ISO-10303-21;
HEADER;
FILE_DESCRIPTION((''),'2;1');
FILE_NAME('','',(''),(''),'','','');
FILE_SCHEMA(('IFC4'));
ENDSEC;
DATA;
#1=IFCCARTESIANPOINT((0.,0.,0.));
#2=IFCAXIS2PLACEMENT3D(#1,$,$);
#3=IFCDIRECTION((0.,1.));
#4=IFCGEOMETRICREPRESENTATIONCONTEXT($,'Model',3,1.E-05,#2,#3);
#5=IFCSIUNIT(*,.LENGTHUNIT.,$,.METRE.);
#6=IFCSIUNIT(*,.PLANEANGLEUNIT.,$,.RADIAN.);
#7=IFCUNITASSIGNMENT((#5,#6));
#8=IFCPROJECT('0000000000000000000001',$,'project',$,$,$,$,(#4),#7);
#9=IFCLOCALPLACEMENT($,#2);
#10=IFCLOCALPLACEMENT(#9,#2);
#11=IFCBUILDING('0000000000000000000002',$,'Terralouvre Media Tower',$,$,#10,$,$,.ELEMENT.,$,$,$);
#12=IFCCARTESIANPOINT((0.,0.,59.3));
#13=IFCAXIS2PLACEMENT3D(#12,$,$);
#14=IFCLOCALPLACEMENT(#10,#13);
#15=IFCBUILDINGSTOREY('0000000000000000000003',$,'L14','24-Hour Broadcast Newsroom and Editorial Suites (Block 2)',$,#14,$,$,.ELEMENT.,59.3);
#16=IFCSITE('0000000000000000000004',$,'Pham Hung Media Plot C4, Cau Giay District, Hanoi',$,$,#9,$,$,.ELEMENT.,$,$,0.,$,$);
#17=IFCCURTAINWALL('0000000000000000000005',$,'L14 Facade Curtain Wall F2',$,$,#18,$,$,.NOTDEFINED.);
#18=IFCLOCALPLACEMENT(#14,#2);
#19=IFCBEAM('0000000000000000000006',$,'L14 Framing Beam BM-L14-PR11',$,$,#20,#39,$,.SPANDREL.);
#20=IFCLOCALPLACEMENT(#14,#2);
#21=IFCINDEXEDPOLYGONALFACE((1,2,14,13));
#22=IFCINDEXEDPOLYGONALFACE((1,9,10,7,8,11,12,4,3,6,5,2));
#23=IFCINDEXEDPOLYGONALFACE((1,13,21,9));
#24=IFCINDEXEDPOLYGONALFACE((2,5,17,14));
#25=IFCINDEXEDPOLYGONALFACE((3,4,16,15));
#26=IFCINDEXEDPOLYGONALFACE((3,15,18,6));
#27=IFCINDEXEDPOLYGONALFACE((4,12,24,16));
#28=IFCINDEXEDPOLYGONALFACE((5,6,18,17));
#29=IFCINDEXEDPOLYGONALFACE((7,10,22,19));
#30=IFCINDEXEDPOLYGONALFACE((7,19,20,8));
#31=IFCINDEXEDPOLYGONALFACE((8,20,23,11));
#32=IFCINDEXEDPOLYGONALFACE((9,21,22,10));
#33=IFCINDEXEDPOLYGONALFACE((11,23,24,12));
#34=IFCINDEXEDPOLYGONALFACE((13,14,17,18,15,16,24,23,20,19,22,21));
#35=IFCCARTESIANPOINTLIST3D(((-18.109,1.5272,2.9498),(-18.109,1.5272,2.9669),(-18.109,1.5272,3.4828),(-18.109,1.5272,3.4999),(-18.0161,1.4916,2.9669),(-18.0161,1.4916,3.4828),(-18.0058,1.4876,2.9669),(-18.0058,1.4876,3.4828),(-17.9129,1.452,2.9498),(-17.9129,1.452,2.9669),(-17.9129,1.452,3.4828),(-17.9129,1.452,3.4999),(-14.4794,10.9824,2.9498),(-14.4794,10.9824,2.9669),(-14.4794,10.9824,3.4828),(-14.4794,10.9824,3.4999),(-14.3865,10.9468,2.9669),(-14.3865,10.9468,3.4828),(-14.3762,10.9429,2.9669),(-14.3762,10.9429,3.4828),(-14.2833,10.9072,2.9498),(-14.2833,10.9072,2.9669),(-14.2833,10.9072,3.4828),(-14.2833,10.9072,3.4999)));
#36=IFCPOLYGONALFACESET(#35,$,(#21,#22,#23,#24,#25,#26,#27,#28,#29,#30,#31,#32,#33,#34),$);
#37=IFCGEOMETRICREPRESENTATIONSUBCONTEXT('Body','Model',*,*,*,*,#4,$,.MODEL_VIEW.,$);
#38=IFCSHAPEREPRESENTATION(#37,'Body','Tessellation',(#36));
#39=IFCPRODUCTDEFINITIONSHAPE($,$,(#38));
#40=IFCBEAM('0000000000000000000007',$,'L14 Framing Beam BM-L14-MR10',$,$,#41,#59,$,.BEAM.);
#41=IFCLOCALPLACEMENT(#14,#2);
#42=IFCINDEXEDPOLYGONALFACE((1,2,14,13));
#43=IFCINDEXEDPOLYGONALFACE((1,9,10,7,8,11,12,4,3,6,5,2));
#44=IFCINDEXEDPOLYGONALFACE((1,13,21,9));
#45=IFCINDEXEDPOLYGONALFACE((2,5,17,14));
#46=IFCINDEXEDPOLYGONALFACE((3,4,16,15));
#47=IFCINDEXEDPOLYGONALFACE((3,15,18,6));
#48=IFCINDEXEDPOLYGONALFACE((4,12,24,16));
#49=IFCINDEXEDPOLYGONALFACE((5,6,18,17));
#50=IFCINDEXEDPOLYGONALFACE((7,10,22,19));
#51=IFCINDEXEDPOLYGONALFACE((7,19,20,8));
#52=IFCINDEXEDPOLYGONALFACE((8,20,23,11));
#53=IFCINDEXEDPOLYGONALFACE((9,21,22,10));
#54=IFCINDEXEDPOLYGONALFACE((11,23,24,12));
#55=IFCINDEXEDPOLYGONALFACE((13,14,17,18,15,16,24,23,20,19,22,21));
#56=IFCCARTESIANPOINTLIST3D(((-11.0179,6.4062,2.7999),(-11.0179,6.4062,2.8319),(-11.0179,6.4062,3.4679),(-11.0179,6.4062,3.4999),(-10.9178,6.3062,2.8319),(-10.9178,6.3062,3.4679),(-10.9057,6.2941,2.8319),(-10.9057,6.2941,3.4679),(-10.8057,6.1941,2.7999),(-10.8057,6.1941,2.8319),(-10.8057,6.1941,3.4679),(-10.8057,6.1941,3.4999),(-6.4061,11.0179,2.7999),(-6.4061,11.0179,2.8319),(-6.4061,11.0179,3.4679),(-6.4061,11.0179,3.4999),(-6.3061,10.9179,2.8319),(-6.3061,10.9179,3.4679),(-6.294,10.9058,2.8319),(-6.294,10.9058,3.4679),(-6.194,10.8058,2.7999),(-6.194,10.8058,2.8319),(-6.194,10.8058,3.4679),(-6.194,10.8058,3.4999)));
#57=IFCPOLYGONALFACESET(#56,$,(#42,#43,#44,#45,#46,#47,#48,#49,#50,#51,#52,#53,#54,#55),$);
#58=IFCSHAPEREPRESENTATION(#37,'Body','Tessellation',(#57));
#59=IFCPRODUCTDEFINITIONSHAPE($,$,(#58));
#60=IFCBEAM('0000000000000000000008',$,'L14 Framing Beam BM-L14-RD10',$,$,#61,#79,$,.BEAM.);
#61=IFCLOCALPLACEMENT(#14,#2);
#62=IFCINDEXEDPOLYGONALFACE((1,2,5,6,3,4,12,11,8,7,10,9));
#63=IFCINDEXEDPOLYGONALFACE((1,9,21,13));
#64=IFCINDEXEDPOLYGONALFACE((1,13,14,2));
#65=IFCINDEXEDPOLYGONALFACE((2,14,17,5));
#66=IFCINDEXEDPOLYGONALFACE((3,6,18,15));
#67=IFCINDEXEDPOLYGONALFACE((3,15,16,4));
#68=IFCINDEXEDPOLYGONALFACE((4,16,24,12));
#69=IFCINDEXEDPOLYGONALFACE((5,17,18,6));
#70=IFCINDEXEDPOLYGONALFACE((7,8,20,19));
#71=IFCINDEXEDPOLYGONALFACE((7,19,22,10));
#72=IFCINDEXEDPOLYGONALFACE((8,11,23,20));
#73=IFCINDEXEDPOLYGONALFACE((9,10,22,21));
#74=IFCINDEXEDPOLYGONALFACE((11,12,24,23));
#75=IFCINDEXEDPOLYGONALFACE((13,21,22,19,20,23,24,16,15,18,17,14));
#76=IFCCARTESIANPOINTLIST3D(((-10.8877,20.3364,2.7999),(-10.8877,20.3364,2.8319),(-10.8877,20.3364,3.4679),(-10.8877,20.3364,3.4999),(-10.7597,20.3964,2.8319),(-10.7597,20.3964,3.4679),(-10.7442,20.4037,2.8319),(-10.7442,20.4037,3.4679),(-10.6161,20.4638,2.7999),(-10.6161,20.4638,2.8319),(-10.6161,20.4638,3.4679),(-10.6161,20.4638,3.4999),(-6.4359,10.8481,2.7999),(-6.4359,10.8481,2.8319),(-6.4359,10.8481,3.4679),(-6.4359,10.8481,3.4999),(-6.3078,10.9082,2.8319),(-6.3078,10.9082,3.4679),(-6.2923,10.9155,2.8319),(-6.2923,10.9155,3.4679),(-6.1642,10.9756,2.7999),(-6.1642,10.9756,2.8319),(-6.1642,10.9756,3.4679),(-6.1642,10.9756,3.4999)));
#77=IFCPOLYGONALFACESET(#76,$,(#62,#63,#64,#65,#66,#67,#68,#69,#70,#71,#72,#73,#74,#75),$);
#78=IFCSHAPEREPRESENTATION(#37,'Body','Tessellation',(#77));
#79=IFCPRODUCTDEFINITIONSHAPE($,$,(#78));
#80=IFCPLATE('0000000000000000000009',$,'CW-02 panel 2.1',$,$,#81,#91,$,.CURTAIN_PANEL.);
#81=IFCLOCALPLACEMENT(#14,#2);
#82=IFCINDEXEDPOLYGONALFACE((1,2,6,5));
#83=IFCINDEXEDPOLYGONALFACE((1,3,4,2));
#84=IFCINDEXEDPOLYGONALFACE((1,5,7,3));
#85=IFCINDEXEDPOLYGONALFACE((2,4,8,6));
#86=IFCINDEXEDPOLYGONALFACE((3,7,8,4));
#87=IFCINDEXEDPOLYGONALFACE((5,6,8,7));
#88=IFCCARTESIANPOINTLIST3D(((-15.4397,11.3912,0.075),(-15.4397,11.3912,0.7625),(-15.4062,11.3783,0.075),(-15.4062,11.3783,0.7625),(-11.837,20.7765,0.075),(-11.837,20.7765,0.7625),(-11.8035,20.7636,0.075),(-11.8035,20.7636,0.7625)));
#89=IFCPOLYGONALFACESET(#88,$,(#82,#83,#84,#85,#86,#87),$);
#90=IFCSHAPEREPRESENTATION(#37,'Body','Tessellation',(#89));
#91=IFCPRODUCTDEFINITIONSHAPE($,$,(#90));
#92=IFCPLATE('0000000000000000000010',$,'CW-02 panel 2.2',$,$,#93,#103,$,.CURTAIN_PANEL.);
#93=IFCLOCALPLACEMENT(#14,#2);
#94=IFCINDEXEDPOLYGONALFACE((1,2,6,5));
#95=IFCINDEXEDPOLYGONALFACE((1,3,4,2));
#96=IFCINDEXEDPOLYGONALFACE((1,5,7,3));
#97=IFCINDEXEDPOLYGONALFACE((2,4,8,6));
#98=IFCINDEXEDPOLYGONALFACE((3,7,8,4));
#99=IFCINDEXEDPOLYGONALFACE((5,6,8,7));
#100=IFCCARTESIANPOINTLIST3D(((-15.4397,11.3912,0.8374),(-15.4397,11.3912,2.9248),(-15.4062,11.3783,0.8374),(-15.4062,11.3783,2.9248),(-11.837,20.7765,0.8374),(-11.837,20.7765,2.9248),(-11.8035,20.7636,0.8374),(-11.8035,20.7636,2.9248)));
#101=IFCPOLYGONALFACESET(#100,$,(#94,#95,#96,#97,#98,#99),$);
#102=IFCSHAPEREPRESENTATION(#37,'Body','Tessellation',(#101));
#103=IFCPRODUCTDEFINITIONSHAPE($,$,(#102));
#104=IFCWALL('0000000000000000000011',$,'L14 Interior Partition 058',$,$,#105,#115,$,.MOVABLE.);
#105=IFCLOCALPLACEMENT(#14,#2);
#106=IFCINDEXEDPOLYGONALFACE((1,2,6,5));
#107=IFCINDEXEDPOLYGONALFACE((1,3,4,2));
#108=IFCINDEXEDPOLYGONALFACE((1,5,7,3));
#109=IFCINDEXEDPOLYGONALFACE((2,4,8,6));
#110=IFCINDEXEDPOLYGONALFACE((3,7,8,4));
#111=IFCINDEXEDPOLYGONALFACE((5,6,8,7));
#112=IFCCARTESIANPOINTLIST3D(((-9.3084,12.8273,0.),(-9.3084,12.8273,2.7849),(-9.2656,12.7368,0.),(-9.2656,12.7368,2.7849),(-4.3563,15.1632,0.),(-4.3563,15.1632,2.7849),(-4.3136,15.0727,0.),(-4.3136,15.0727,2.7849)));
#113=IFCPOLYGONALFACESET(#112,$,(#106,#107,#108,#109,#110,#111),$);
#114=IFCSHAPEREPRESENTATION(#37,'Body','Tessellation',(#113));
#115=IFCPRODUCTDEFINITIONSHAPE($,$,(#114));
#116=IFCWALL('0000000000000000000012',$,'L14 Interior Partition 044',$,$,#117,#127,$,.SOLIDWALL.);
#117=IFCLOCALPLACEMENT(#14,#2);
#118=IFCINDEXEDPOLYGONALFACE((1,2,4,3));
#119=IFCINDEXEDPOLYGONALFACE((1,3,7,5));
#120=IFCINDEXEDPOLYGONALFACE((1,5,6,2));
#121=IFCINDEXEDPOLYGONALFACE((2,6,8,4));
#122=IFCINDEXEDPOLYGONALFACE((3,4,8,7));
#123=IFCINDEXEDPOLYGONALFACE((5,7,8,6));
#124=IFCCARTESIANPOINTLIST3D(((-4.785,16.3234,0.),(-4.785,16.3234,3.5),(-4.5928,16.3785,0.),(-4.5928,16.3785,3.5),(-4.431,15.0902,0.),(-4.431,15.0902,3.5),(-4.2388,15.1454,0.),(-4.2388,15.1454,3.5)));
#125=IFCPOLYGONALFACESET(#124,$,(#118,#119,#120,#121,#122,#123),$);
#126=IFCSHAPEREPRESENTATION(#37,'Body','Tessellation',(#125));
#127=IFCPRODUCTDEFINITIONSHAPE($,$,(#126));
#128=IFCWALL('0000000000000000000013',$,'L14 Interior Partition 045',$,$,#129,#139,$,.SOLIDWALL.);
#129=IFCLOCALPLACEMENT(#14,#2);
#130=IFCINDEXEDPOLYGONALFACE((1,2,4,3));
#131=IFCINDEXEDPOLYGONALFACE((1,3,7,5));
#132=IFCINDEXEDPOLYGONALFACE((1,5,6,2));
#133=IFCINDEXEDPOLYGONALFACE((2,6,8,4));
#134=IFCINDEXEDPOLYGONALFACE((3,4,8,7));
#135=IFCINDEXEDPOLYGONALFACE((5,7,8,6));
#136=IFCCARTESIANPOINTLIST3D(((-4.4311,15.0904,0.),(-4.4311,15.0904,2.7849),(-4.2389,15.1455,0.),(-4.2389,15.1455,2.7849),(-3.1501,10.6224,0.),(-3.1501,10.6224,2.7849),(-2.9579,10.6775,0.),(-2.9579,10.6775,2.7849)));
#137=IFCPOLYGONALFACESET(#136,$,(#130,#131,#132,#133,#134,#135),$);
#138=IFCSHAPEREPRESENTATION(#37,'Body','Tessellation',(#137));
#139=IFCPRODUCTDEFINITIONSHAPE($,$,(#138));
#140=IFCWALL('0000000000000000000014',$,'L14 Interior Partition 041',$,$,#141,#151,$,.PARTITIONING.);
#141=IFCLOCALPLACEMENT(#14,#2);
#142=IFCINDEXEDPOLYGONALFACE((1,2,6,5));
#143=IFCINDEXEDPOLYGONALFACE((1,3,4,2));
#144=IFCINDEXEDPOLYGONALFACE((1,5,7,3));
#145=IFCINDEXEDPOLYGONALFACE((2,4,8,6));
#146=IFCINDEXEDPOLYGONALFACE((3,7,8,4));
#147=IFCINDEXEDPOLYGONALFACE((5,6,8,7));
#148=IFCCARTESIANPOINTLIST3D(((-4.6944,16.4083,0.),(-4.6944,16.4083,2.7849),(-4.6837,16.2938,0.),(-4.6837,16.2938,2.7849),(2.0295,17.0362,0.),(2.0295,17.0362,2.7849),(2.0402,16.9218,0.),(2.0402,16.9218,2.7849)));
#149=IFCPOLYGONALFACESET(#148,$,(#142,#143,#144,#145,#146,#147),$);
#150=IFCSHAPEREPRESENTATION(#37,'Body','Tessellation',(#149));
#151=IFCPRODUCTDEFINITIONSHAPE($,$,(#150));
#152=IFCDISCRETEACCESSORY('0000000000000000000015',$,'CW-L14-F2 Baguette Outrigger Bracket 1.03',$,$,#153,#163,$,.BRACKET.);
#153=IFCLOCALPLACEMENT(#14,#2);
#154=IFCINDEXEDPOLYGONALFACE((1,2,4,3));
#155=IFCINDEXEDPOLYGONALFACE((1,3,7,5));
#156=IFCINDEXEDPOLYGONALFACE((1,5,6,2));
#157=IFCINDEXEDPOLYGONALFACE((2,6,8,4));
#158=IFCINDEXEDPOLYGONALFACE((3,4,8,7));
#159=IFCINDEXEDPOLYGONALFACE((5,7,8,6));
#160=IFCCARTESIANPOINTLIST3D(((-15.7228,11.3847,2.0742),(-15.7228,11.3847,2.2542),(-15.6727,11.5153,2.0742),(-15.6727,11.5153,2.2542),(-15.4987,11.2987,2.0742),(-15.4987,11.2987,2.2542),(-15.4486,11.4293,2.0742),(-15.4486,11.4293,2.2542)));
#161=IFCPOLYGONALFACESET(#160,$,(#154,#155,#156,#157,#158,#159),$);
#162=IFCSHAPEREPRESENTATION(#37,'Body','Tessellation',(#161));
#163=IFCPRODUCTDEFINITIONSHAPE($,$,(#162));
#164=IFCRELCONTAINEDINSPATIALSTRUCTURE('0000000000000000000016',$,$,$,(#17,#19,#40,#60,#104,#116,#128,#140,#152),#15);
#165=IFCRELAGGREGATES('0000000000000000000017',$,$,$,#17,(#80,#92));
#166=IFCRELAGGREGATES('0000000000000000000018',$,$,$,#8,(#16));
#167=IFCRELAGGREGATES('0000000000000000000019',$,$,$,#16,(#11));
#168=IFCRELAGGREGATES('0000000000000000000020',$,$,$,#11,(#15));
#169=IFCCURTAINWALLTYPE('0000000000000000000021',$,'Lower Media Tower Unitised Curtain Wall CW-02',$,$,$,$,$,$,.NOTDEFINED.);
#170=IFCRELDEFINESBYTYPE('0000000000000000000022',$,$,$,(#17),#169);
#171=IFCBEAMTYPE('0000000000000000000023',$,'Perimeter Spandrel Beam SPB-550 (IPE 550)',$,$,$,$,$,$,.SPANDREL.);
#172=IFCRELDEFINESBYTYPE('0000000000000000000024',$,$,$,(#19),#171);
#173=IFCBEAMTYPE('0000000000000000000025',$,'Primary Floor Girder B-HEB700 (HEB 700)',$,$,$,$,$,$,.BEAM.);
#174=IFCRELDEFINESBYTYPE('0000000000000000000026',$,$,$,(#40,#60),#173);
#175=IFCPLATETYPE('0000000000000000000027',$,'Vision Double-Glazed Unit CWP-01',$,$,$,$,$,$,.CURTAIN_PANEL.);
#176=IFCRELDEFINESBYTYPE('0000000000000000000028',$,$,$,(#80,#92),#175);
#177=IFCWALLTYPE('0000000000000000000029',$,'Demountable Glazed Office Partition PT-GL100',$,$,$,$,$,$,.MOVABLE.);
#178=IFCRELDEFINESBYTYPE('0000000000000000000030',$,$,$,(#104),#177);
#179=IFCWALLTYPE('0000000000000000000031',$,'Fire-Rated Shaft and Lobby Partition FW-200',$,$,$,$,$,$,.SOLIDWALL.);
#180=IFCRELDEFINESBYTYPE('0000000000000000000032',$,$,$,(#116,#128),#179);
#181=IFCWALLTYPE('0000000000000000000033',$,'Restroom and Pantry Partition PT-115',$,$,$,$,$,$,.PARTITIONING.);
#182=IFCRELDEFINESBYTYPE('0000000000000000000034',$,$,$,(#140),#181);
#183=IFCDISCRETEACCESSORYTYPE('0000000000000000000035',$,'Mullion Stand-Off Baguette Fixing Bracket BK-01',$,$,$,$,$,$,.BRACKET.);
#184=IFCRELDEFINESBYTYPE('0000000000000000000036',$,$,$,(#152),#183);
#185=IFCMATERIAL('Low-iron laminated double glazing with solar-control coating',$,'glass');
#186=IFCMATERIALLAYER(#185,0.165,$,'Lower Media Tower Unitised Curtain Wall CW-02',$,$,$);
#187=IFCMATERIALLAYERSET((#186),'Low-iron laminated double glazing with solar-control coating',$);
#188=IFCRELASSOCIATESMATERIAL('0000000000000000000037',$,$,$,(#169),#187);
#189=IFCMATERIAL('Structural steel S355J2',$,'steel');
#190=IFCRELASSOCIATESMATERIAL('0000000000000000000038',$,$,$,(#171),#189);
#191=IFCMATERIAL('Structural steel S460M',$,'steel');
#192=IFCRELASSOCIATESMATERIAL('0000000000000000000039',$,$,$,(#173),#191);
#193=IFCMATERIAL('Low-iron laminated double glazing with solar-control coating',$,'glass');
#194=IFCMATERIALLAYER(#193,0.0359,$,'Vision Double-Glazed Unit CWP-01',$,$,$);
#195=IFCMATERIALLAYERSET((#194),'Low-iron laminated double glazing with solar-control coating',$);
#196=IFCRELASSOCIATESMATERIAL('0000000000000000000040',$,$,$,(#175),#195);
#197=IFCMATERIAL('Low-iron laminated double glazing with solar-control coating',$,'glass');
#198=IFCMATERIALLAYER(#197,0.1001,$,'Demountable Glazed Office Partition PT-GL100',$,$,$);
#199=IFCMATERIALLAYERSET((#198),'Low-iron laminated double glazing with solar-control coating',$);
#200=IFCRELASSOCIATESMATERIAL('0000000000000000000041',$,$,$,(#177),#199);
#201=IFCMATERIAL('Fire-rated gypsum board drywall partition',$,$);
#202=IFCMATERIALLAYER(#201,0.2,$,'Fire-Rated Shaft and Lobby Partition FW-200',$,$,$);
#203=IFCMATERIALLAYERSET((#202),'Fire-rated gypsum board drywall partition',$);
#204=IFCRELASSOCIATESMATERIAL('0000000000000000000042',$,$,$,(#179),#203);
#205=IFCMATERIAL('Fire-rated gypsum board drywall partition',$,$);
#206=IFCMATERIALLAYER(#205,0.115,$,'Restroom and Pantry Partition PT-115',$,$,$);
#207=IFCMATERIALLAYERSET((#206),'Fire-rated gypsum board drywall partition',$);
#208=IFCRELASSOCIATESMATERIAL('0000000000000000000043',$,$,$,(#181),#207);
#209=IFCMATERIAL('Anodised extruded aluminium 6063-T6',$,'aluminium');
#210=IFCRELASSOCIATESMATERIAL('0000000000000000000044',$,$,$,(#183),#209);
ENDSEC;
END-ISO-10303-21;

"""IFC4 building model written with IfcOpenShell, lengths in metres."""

from ifc_helpers import new_model, si_unit, direction, frame, frame_2d, origin, origin_2d, place, context, subcontext, project, spatial, rectangle, i_section, extrude, material, layer, layer_set, material_profile, profile_set, type_object, element, aggregate, save


model = new_model("IFC4")

# Units and contexts
model_context = context("Model", 3, precision=1e-05, world=origin(), true_north=direction((0.0, 1.0)))
body_context = subcontext(model_context, "Body", "Model", "MODEL_VIEW")
ifc_project = project(units=[si_unit("LENGTHUNIT", "METRE"), si_unit("PLANEANGLEUNIT", "RADIAN")], contexts=[model_context])

# Site, building, storey
site_placement = place(None, origin())
site = spatial("IfcSite", under=ifc_project, at=site_placement, Name="Pham Hung Media Plot C4, Cau Giay District, Hanoi", CompositionType="ELEMENT", RefElevation=0.0)
building_placement = place(site_placement, origin())
building = spatial("IfcBuilding", under=site, at=building_placement, Name="Terralouvre Media Tower", CompositionType="ELEMENT")
storey_placement = place(building_placement, frame((0.0, 0.0, 59.3)))
storey = spatial("IfcBuildingStorey", under=building, at=storey_placement, Name="L14", Description="24-Hour Broadcast Newsroom and Editorial Suites (Block 2)", CompositionType="ELEMENT", Elevation=59.3)

# Curtain wall
ifc_material_1 = material(Name="Low-iron laminated double glazing with solar-control coating", Category="glass")
ifc_layer_1 = layer(ifc_material_1, 0.165, Name="Lower Media Tower Unitised Curtain Wall CW-02")
ifc_layer_set_1 = layer_set([ifc_layer_1], Name="Low-iron laminated double glazing with solar-control coating")
curtain_wall_type = type_object("IfcCurtainWallType", Name="Lower Media Tower Unitised Curtain Wall CW-02", PredefinedType="NOTDEFINED", material=ifc_layer_set_1)
curtain_wall_placement = place(storey_placement, origin())
curtain_wall = element("IfcCurtainWall", 1, at=curtain_wall_placement, inside=storey, type_object=curtain_wall_type, Name="L14 Facade Curtain Wall F2", PredefinedType="NOTDEFINED")

# Beams
ifc_material_2 = material(Name="Structural steel S355J2", Category="steel")
ifc_material_profile_1 = material_profile(ifc_material_2, i_section(OverallWidth=0.21, OverallDepth=0.55, WebThickness=0.011, FlangeThickness=0.0171, at=origin_2d()), Name="IPE 550")
ifc_profile_set_1 = profile_set([ifc_material_profile_1], Name="Structural steel S355J2")
beam_type_1 = type_object("IfcBeamType", Name="Perimeter Spandrel Beam SPB-550 (IPE 550)", PredefinedType="SPANDREL", material=ifc_profile_set_1)
for number, where, z_axis, x_axis, name in (
    (2, (-14.3813, 10.9448, 3.2249), (-0.358375, -0.933578, 0.0), (0.933578, -0.358375, 0.0), "L14 Framing Beam BM-L14-PR11"),
):
    element("IfcBeam", number, at=place(storey_placement, frame(where, z_axis=z_axis, x_axis=x_axis)), inside=storey, type_object=beam_type_1, Name=name, PredefinedType="SPANDREL", context=body_context, shape_type="SweptSolid", body=[
        extrude(i_section(OverallWidth=0.21, OverallDepth=0.55, WebThickness=0.011, FlangeThickness=0.0171, at=origin_2d()), origin(), (0.0, 0.0, 1.0), 10.1279),
    ])
ifc_material_3 = material(Name="Structural steel S460M", Category="steel")
ifc_material_profile_2 = material_profile(ifc_material_3, i_section(OverallWidth=0.3, OverallDepth=0.7, WebThickness=0.0171, FlangeThickness=0.032, at=origin_2d()), Name="HEB 700")
ifc_profile_set_2 = profile_set([ifc_material_profile_2], Name="Structural steel S460M")
beam_type_2 = type_object("IfcBeamType", Name="Primary Floor Girder B-HEB700 (HEB 700)", PredefinedType="BEAM", material=ifc_profile_set_2)
beam_1_placement = place(storey_placement, frame((-6.3, 10.9119, 3.1499), z_axis=(-0.707107, -0.707107, 0.0), x_axis=(0.707107, -0.707107, 0.0)))
element("IfcBeam", 3, at=beam_1_placement, inside=storey, type_object=beam_type_2, Name="L14 Framing Beam BM-L14-MR10", PredefinedType="BEAM", context=body_context, shape_type="SweptSolid", body=[
    extrude(i_section(OverallWidth=0.3, OverallDepth=0.7, WebThickness=0.0171, FlangeThickness=0.032, at=origin_2d()), origin(), (0.0, 0.0, 1.0), 6.522),
])
beam_2_placement = place(storey_placement, frame((-6.3, 10.9119, 3.1499), z_axis=(-0.424768, 0.905302, 0.0), x_axis=(-0.905302, -0.424768, 0.0)))
element("IfcBeam", 4, at=beam_2_placement, inside=storey, type_object=beam_type_2, Name="L14 Framing Beam BM-L14-RD10", PredefinedType="BEAM", context=body_context, shape_type="SweptSolid", body=[
    extrude(i_section(OverallWidth=0.3, OverallDepth=0.7, WebThickness=0.0171, FlangeThickness=0.032, at=origin_2d()), origin(), (0.0, 0.0, 1.0), 10.4807),
])

# Plates
ifc_material_4 = material(Name="Low-iron laminated double glazing with solar-control coating", Category="glass")
ifc_layer_2 = layer(ifc_material_4, 0.0359, Name="Vision Double-Glazed Unit CWP-01")
ifc_layer_set_2 = layer_set([ifc_layer_2], Name="Low-iron laminated double glazing with solar-control coating")
plate_type = type_object("IfcPlateType", Name="Vision Double-Glazed Unit CWP-01", PredefinedType="CURTAIN_PANEL", material=ifc_layer_set_2)
plate_1_placement = place(storey_placement, frame((-13.6216, 16.0774, 0.075), z_axis=(0.0, 0.0, 1.0), x_axis=(-0.358368, -0.93358, 0.0)))
plate_1 = element("IfcPlate", 5, at=plate_1_placement, type_object=plate_type, Name="CW-02 panel 2.1", PredefinedType="CURTAIN_PANEL", context=body_context, shape_type="SweptSolid", body=[
    extrude(rectangle(XDim=10.053, YDim=0.0359, at=origin_2d()), origin(), (0.0, 0.0, 1.0), 0.6875),
])
plate_2_placement = place(storey_placement, frame((-13.6216, 16.0774, 0.8374), z_axis=(0.0, 0.0, 1.0), x_axis=(-0.358368, -0.93358, 0.0)))
plate_2 = element("IfcPlate", 6, at=plate_2_placement, type_object=plate_type, Name="CW-02 panel 2.2", PredefinedType="CURTAIN_PANEL", context=body_context, shape_type="SweptSolid", body=[
    extrude(rectangle(XDim=10.053, YDim=0.0359, at=origin_2d()), origin(), (0.0, 0.0, 1.0), 2.0874),
])
aggregate(curtain_wall, [plate_1, plate_2])

# Walls
ifc_material_5 = material(Name="Low-iron laminated double glazing with solar-control coating", Category="glass")
ifc_layer_3 = layer(ifc_material_5, 0.1001, Name="Demountable Glazed Office Partition PT-GL100")
ifc_layer_set_3 = layer_set([ifc_layer_3], Name="Low-iron laminated double glazing with solar-control coating")
wall_type_1 = type_object("IfcWallType", Name="Demountable Glazed Office Partition PT-GL100", PredefinedType="MOVABLE", material=ifc_layer_set_3)
wall_1_placement = place(storey_placement, frame((-9.2871, 12.782, 0.0), z_axis=(0.0, 0.0, 1.0), x_axis=(0.90443, 0.426621, 0.0)))
element("IfcWall", 7, at=wall_1_placement, inside=storey, type_object=wall_type_1, Name="L14 Interior Partition 058", PredefinedType="MOVABLE", context=body_context, shape_type="SweptSolid", body=[
    extrude(rectangle(XDim=5.4753, YDim=0.1001, at=frame_2d((2.7378, 0.0))), origin(), (0.0, 0.0, 1.0), 2.7849),
])
ifc_material_6 = material(Name="Fire-rated gypsum board drywall partition")
ifc_layer_4 = layer(ifc_material_6, 0.2, Name="Fire-Rated Shaft and Lobby Partition FW-200")
ifc_layer_set_4 = layer_set([ifc_layer_4], Name="Fire-rated gypsum board drywall partition")
wall_type_2 = type_object("IfcWallType", Name="Fire-Rated Shaft and Lobby Partition FW-200", PredefinedType="SOLIDWALL", material=ifc_layer_set_4)
wall_2_placement = place(storey_placement, frame((-4.689, 16.3511, 0.0), z_axis=(0.0, 0.0, 1.0), x_axis=(0.275927, -0.961179, 0.0)))
element("IfcWall", 8, at=wall_2_placement, inside=storey, type_object=wall_type_2, Name="L14 Interior Partition 044", PredefinedType="SOLIDWALL", context=body_context, shape_type="SweptSolid", body=[
    extrude(rectangle(XDim=1.283, YDim=0.2, at=frame_2d((0.6416, 0.0))), origin(), (0.0, 0.0, 1.0), 3.5),
])
wall_3_placement = place(storey_placement, frame((-4.335, 15.1179, 0.0), z_axis=(0.0, 0.0, 1.0), x_axis=(0.275602, -0.961272, 0.0)))
element("IfcWall", 9, at=wall_3_placement, inside=storey, type_object=wall_type_2, Name="L14 Interior Partition 045", PredefinedType="SOLIDWALL", context=body_context, shape_type="SweptSolid", body=[
    extrude(rectangle(XDim=4.6479, YDim=0.2, at=frame_2d((2.324, 0.0))), origin(), (0.0, 0.0, 1.0), 2.7849),
])
ifc_material_7 = material(Name="Fire-rated gypsum board drywall partition")
ifc_layer_5 = layer(ifc_material_7, 0.115, Name="Restroom and Pantry Partition PT-115")
ifc_layer_set_5 = layer_set([ifc_layer_5], Name="Fire-rated gypsum board drywall partition")
wall_type_3 = type_object("IfcWallType", Name="Restroom and Pantry Partition PT-115", PredefinedType="PARTITIONING", material=ifc_layer_set_5)
wall_4_placement = place(storey_placement, frame((-4.689, 16.3511, 0.0), z_axis=(0.0, 0.0, 1.0), x_axis=(0.995668, 0.092983, 0.0)))
element("IfcWall", 10, at=wall_4_placement, inside=storey, type_object=wall_type_3, Name="L14 Interior Partition 041", PredefinedType="PARTITIONING", context=body_context, shape_type="SweptSolid", body=[
    extrude(rectangle(XDim=6.7532, YDim=0.115, at=frame_2d((3.3765, 0.0))), origin(), (0.0, 0.0, 1.0), 2.7849),
])

# Discrete accessory
ifc_material_8 = material(Name="Anodised extruded aluminium 6063-T6", Category="aluminium")
discrete_accessory_type = type_object("IfcDiscreteAccessoryType", Name="Mullion Stand-Off Baguette Fixing Bracket BK-01", PredefinedType="BRACKET", material=ifc_material_8)
discrete_accessory_placement = place(storey_placement, frame((-15.5857, 11.407, 2.0742), z_axis=(0.0, 0.0, 1.0), x_axis=(-0.358368, -0.93358, 0.0)))
element("IfcDiscreteAccessory", 11, at=discrete_accessory_placement, inside=storey, type_object=discrete_accessory_type, Name="CW-L14-F2 Baguette Outrigger Bracket 1.03", PredefinedType="BRACKET", context=body_context, shape_type="SweptSolid", body=[
    extrude(rectangle(XDim=0.1399, YDim=0.24, at=origin_2d()), origin(), (0.0, 0.0, 1.0), 0.1799),
])

save(model, "model.ifc")
